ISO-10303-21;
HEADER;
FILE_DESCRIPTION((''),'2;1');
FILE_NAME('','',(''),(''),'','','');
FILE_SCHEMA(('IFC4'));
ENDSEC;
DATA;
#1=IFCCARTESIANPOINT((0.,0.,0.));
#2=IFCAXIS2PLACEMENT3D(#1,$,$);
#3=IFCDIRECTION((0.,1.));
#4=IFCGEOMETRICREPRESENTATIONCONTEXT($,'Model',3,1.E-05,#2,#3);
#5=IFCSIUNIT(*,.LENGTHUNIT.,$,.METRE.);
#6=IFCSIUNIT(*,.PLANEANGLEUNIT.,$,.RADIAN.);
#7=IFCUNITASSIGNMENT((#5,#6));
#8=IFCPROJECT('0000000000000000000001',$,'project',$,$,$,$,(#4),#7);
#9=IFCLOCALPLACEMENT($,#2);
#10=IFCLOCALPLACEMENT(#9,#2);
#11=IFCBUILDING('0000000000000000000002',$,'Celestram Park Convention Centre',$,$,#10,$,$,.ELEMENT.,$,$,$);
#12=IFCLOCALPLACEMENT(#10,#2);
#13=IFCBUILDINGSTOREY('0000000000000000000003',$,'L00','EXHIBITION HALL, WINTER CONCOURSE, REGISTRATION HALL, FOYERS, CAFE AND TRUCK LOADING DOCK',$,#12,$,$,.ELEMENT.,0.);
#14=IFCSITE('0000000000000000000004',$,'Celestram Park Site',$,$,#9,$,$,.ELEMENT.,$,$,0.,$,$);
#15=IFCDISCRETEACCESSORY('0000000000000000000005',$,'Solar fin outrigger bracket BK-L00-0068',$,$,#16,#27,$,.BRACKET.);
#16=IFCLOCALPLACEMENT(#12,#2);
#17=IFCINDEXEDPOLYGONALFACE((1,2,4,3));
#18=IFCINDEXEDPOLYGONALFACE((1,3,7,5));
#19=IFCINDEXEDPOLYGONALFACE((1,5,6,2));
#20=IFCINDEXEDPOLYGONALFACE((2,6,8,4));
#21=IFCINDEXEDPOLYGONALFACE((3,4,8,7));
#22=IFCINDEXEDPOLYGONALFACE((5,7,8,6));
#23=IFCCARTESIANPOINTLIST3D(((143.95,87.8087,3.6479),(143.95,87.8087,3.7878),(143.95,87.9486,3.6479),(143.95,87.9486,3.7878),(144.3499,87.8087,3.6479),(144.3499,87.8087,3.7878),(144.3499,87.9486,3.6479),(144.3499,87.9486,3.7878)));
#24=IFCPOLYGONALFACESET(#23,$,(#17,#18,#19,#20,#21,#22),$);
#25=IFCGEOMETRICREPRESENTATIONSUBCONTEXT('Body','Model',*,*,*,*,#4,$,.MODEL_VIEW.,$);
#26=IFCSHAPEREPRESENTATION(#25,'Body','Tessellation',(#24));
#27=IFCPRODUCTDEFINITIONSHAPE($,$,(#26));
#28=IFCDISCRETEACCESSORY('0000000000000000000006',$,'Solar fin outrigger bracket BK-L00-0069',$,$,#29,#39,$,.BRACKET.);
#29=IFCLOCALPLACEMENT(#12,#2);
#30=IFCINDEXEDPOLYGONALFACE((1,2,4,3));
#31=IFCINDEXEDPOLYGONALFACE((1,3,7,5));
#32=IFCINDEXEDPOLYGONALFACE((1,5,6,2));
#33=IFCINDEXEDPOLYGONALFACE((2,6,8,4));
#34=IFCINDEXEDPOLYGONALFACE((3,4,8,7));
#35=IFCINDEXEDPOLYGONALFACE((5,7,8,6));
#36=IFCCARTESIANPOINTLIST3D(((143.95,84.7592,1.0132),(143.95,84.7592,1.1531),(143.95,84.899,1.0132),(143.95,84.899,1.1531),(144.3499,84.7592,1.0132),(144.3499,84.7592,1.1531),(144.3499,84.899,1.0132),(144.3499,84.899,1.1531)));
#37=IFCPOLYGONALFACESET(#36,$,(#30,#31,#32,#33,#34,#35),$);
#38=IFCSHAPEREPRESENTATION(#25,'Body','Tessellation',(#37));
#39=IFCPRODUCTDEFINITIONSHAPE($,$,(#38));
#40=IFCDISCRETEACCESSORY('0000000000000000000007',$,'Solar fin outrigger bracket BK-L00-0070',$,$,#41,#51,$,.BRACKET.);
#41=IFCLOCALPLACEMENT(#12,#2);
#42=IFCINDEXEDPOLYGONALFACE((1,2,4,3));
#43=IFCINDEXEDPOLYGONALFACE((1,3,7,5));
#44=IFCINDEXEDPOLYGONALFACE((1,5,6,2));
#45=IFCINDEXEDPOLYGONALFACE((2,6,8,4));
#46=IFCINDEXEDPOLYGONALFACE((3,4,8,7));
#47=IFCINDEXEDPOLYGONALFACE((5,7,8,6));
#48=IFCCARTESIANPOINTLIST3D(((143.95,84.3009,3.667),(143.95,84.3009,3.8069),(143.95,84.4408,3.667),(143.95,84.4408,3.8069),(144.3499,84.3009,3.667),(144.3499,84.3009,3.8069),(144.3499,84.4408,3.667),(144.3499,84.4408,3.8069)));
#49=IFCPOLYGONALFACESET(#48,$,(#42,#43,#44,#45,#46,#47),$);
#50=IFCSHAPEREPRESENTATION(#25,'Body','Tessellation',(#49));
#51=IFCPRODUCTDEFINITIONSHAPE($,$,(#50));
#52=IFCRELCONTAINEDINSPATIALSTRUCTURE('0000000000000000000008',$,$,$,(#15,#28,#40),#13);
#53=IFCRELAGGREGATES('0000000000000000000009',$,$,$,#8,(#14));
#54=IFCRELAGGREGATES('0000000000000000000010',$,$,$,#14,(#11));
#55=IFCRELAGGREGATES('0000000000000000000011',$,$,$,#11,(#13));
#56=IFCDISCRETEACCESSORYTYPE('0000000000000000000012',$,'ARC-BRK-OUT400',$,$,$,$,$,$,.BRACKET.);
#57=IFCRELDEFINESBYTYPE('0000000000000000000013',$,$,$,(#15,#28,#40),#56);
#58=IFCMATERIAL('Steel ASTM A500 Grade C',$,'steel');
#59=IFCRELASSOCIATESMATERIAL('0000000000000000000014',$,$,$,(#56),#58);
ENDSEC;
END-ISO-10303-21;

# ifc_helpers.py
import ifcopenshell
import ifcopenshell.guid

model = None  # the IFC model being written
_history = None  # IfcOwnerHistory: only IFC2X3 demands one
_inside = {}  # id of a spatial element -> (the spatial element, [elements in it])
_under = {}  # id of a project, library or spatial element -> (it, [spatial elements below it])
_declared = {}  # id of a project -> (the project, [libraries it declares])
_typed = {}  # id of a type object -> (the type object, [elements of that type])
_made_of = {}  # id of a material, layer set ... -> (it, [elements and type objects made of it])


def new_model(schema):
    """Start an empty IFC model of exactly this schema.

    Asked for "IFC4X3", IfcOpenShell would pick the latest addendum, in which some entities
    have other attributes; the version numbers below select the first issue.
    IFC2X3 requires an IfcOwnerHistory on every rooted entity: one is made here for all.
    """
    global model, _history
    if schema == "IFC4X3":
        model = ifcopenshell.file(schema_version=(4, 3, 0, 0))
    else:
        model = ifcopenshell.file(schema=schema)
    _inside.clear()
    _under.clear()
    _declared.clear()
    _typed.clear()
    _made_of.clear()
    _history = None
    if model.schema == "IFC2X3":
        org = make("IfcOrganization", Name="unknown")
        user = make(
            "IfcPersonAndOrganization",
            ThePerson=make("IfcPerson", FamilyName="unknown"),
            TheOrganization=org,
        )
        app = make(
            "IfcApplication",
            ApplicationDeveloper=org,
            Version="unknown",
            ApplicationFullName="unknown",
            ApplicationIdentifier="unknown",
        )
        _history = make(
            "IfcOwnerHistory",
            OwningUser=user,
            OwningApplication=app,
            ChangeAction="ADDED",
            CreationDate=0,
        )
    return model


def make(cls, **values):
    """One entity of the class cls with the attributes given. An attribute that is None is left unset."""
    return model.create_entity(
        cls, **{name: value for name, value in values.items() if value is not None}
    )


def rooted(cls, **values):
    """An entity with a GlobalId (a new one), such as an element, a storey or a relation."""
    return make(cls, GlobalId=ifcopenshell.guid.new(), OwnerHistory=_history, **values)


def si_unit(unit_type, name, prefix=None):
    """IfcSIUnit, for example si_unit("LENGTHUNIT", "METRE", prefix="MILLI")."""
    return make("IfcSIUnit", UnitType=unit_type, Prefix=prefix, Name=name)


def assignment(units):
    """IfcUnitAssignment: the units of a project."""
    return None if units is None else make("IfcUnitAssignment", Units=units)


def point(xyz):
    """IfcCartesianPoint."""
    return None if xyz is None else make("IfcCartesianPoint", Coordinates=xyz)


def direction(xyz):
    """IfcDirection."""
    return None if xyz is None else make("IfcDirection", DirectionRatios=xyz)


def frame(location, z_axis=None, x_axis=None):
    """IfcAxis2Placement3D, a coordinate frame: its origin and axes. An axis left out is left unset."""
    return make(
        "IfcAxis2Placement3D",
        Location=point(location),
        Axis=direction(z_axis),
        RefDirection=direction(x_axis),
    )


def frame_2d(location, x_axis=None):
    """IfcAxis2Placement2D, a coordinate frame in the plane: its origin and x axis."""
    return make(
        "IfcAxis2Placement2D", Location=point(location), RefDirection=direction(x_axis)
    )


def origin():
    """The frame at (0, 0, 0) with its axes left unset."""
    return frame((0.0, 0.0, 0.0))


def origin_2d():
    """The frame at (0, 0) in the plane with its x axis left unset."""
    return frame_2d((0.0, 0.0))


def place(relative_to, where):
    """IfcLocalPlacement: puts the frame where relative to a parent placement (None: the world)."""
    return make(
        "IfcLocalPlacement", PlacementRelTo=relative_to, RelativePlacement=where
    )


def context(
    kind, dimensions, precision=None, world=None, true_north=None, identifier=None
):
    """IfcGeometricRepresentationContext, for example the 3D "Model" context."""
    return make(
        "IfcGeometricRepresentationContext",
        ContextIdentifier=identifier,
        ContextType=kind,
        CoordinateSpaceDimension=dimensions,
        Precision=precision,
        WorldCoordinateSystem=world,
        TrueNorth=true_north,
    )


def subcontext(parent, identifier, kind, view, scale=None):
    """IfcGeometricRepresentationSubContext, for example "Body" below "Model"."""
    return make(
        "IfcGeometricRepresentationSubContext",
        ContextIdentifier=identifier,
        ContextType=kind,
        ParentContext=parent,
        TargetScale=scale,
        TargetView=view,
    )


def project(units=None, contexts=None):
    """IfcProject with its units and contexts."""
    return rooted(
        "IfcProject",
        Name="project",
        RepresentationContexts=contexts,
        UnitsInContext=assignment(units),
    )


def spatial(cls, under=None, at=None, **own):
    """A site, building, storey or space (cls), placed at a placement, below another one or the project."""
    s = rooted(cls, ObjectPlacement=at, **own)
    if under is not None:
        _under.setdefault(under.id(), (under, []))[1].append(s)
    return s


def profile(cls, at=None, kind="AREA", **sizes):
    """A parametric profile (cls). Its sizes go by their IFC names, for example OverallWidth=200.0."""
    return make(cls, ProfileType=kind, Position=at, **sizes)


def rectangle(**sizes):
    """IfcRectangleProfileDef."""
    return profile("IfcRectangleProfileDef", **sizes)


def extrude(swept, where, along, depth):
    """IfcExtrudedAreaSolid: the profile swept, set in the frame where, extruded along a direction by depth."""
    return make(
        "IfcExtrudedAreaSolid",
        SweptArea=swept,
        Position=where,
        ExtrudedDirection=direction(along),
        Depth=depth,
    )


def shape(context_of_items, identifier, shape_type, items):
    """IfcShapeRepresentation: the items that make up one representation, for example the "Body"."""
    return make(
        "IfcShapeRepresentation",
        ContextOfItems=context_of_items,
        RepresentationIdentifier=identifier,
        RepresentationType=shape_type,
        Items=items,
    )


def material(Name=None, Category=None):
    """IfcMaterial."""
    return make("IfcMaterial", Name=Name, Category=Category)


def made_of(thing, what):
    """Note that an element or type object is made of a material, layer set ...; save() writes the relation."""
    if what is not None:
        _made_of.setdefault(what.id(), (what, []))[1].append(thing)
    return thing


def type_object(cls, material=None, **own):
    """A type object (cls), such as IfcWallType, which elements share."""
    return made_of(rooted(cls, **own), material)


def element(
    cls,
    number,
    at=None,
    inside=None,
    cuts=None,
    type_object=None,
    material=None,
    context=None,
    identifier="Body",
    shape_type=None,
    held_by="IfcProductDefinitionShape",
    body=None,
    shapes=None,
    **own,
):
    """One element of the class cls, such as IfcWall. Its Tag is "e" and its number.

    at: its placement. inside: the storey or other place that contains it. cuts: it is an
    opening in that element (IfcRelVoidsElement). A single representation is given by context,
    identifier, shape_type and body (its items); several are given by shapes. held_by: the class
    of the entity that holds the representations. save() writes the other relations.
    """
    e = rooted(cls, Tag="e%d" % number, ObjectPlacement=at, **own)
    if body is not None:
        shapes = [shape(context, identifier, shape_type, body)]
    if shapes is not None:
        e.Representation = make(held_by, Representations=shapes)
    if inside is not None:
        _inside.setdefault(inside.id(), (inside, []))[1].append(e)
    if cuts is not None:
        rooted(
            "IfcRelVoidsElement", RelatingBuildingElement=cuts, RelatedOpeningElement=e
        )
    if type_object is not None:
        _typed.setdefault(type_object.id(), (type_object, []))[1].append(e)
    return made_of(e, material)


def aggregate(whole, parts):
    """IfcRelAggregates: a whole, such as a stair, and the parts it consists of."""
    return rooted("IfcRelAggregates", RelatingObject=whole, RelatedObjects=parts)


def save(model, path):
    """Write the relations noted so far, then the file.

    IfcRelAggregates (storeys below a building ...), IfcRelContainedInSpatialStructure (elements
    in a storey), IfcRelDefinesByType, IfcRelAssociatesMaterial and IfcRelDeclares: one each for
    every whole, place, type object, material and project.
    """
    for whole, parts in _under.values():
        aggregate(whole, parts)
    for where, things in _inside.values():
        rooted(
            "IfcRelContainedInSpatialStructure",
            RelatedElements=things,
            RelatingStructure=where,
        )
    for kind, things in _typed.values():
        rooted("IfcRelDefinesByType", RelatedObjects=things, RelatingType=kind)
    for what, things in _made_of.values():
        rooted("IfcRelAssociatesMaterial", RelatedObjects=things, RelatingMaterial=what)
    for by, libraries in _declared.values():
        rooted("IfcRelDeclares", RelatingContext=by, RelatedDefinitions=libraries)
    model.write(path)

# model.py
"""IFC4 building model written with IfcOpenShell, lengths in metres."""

from ifc_helpers import new_model, si_unit, direction, frame, origin, origin_2d, place, context, subcontext, project, spatial, rectangle, extrude, material, type_object, element, save


model = new_model("IFC4")

# Units and contexts
model_context = context("Model", 3, precision=1e-05, world=origin(), true_north=direction((0.0, 1.0)))
body_context = subcontext(model_context, "Body", "Model", "MODEL_VIEW")
ifc_project = project(units=[si_unit("LENGTHUNIT", "METRE"), si_unit("PLANEANGLEUNIT", "RADIAN")], contexts=[model_context])

# Site, building, storey
site_placement = place(None, origin())
site = spatial("IfcSite", under=ifc_project, at=site_placement, Name="Celestram Park Site", CompositionType="ELEMENT", RefElevation=0.0)
building_placement = place(site_placement, origin())
building = spatial("IfcBuilding", under=site, at=building_placement, Name="Celestram Park Convention Centre", CompositionType="ELEMENT")
storey_placement = place(building_placement, origin())
storey = spatial("IfcBuildingStorey", under=building, at=storey_placement, Name="L00", Description="EXHIBITION HALL, WINTER CONCOURSE, REGISTRATION HALL, FOYERS, CAFE AND TRUCK LOADING DOCK", CompositionType="ELEMENT", Elevation=0.0)

# Shared definitions
ifc_material_1 = material(Name="Steel ASTM A500 Grade C", Category="steel")

# Discrete accessories
discrete_accessory_type = type_object("IfcDiscreteAccessoryType", Name="ARC-BRK-OUT400", PredefinedType="BRACKET", material=ifc_material_1)
for number, where, z_axis, x_axis, name in (
    (1, (144.1499, 87.8787, 3.6479), (0.0, 0.0, 1.0), (1.0, 0.0, 0.0), "Solar fin outrigger bracket BK-L00-0068"),
    (2, (144.1499, 84.8291, 1.0132), (0.0, 0.0, 1.0), (1.0, 0.0, 0.0), "Solar fin outrigger bracket BK-L00-0069"),
    (3, (144.1499, 84.3708, 3.667), (0.0, 0.0, 1.0), (1.0, 0.0, 0.0), "Solar fin outrigger bracket BK-L00-0070"),
):
    element("IfcDiscreteAccessory", number, at=place(storey_placement, frame(where, z_axis=z_axis, x_axis=x_axis)), inside=storey, type_object=discrete_accessory_type, Name=name, PredefinedType="BRACKET", context=body_context, shape_type="SweptSolid", body=[
        extrude(rectangle(XDim=0.3999, YDim=0.1399, at=origin_2d()), origin(), (0.0, 0.0, 1.0), 0.1399),
    ])

save(model, "model.ifc")
